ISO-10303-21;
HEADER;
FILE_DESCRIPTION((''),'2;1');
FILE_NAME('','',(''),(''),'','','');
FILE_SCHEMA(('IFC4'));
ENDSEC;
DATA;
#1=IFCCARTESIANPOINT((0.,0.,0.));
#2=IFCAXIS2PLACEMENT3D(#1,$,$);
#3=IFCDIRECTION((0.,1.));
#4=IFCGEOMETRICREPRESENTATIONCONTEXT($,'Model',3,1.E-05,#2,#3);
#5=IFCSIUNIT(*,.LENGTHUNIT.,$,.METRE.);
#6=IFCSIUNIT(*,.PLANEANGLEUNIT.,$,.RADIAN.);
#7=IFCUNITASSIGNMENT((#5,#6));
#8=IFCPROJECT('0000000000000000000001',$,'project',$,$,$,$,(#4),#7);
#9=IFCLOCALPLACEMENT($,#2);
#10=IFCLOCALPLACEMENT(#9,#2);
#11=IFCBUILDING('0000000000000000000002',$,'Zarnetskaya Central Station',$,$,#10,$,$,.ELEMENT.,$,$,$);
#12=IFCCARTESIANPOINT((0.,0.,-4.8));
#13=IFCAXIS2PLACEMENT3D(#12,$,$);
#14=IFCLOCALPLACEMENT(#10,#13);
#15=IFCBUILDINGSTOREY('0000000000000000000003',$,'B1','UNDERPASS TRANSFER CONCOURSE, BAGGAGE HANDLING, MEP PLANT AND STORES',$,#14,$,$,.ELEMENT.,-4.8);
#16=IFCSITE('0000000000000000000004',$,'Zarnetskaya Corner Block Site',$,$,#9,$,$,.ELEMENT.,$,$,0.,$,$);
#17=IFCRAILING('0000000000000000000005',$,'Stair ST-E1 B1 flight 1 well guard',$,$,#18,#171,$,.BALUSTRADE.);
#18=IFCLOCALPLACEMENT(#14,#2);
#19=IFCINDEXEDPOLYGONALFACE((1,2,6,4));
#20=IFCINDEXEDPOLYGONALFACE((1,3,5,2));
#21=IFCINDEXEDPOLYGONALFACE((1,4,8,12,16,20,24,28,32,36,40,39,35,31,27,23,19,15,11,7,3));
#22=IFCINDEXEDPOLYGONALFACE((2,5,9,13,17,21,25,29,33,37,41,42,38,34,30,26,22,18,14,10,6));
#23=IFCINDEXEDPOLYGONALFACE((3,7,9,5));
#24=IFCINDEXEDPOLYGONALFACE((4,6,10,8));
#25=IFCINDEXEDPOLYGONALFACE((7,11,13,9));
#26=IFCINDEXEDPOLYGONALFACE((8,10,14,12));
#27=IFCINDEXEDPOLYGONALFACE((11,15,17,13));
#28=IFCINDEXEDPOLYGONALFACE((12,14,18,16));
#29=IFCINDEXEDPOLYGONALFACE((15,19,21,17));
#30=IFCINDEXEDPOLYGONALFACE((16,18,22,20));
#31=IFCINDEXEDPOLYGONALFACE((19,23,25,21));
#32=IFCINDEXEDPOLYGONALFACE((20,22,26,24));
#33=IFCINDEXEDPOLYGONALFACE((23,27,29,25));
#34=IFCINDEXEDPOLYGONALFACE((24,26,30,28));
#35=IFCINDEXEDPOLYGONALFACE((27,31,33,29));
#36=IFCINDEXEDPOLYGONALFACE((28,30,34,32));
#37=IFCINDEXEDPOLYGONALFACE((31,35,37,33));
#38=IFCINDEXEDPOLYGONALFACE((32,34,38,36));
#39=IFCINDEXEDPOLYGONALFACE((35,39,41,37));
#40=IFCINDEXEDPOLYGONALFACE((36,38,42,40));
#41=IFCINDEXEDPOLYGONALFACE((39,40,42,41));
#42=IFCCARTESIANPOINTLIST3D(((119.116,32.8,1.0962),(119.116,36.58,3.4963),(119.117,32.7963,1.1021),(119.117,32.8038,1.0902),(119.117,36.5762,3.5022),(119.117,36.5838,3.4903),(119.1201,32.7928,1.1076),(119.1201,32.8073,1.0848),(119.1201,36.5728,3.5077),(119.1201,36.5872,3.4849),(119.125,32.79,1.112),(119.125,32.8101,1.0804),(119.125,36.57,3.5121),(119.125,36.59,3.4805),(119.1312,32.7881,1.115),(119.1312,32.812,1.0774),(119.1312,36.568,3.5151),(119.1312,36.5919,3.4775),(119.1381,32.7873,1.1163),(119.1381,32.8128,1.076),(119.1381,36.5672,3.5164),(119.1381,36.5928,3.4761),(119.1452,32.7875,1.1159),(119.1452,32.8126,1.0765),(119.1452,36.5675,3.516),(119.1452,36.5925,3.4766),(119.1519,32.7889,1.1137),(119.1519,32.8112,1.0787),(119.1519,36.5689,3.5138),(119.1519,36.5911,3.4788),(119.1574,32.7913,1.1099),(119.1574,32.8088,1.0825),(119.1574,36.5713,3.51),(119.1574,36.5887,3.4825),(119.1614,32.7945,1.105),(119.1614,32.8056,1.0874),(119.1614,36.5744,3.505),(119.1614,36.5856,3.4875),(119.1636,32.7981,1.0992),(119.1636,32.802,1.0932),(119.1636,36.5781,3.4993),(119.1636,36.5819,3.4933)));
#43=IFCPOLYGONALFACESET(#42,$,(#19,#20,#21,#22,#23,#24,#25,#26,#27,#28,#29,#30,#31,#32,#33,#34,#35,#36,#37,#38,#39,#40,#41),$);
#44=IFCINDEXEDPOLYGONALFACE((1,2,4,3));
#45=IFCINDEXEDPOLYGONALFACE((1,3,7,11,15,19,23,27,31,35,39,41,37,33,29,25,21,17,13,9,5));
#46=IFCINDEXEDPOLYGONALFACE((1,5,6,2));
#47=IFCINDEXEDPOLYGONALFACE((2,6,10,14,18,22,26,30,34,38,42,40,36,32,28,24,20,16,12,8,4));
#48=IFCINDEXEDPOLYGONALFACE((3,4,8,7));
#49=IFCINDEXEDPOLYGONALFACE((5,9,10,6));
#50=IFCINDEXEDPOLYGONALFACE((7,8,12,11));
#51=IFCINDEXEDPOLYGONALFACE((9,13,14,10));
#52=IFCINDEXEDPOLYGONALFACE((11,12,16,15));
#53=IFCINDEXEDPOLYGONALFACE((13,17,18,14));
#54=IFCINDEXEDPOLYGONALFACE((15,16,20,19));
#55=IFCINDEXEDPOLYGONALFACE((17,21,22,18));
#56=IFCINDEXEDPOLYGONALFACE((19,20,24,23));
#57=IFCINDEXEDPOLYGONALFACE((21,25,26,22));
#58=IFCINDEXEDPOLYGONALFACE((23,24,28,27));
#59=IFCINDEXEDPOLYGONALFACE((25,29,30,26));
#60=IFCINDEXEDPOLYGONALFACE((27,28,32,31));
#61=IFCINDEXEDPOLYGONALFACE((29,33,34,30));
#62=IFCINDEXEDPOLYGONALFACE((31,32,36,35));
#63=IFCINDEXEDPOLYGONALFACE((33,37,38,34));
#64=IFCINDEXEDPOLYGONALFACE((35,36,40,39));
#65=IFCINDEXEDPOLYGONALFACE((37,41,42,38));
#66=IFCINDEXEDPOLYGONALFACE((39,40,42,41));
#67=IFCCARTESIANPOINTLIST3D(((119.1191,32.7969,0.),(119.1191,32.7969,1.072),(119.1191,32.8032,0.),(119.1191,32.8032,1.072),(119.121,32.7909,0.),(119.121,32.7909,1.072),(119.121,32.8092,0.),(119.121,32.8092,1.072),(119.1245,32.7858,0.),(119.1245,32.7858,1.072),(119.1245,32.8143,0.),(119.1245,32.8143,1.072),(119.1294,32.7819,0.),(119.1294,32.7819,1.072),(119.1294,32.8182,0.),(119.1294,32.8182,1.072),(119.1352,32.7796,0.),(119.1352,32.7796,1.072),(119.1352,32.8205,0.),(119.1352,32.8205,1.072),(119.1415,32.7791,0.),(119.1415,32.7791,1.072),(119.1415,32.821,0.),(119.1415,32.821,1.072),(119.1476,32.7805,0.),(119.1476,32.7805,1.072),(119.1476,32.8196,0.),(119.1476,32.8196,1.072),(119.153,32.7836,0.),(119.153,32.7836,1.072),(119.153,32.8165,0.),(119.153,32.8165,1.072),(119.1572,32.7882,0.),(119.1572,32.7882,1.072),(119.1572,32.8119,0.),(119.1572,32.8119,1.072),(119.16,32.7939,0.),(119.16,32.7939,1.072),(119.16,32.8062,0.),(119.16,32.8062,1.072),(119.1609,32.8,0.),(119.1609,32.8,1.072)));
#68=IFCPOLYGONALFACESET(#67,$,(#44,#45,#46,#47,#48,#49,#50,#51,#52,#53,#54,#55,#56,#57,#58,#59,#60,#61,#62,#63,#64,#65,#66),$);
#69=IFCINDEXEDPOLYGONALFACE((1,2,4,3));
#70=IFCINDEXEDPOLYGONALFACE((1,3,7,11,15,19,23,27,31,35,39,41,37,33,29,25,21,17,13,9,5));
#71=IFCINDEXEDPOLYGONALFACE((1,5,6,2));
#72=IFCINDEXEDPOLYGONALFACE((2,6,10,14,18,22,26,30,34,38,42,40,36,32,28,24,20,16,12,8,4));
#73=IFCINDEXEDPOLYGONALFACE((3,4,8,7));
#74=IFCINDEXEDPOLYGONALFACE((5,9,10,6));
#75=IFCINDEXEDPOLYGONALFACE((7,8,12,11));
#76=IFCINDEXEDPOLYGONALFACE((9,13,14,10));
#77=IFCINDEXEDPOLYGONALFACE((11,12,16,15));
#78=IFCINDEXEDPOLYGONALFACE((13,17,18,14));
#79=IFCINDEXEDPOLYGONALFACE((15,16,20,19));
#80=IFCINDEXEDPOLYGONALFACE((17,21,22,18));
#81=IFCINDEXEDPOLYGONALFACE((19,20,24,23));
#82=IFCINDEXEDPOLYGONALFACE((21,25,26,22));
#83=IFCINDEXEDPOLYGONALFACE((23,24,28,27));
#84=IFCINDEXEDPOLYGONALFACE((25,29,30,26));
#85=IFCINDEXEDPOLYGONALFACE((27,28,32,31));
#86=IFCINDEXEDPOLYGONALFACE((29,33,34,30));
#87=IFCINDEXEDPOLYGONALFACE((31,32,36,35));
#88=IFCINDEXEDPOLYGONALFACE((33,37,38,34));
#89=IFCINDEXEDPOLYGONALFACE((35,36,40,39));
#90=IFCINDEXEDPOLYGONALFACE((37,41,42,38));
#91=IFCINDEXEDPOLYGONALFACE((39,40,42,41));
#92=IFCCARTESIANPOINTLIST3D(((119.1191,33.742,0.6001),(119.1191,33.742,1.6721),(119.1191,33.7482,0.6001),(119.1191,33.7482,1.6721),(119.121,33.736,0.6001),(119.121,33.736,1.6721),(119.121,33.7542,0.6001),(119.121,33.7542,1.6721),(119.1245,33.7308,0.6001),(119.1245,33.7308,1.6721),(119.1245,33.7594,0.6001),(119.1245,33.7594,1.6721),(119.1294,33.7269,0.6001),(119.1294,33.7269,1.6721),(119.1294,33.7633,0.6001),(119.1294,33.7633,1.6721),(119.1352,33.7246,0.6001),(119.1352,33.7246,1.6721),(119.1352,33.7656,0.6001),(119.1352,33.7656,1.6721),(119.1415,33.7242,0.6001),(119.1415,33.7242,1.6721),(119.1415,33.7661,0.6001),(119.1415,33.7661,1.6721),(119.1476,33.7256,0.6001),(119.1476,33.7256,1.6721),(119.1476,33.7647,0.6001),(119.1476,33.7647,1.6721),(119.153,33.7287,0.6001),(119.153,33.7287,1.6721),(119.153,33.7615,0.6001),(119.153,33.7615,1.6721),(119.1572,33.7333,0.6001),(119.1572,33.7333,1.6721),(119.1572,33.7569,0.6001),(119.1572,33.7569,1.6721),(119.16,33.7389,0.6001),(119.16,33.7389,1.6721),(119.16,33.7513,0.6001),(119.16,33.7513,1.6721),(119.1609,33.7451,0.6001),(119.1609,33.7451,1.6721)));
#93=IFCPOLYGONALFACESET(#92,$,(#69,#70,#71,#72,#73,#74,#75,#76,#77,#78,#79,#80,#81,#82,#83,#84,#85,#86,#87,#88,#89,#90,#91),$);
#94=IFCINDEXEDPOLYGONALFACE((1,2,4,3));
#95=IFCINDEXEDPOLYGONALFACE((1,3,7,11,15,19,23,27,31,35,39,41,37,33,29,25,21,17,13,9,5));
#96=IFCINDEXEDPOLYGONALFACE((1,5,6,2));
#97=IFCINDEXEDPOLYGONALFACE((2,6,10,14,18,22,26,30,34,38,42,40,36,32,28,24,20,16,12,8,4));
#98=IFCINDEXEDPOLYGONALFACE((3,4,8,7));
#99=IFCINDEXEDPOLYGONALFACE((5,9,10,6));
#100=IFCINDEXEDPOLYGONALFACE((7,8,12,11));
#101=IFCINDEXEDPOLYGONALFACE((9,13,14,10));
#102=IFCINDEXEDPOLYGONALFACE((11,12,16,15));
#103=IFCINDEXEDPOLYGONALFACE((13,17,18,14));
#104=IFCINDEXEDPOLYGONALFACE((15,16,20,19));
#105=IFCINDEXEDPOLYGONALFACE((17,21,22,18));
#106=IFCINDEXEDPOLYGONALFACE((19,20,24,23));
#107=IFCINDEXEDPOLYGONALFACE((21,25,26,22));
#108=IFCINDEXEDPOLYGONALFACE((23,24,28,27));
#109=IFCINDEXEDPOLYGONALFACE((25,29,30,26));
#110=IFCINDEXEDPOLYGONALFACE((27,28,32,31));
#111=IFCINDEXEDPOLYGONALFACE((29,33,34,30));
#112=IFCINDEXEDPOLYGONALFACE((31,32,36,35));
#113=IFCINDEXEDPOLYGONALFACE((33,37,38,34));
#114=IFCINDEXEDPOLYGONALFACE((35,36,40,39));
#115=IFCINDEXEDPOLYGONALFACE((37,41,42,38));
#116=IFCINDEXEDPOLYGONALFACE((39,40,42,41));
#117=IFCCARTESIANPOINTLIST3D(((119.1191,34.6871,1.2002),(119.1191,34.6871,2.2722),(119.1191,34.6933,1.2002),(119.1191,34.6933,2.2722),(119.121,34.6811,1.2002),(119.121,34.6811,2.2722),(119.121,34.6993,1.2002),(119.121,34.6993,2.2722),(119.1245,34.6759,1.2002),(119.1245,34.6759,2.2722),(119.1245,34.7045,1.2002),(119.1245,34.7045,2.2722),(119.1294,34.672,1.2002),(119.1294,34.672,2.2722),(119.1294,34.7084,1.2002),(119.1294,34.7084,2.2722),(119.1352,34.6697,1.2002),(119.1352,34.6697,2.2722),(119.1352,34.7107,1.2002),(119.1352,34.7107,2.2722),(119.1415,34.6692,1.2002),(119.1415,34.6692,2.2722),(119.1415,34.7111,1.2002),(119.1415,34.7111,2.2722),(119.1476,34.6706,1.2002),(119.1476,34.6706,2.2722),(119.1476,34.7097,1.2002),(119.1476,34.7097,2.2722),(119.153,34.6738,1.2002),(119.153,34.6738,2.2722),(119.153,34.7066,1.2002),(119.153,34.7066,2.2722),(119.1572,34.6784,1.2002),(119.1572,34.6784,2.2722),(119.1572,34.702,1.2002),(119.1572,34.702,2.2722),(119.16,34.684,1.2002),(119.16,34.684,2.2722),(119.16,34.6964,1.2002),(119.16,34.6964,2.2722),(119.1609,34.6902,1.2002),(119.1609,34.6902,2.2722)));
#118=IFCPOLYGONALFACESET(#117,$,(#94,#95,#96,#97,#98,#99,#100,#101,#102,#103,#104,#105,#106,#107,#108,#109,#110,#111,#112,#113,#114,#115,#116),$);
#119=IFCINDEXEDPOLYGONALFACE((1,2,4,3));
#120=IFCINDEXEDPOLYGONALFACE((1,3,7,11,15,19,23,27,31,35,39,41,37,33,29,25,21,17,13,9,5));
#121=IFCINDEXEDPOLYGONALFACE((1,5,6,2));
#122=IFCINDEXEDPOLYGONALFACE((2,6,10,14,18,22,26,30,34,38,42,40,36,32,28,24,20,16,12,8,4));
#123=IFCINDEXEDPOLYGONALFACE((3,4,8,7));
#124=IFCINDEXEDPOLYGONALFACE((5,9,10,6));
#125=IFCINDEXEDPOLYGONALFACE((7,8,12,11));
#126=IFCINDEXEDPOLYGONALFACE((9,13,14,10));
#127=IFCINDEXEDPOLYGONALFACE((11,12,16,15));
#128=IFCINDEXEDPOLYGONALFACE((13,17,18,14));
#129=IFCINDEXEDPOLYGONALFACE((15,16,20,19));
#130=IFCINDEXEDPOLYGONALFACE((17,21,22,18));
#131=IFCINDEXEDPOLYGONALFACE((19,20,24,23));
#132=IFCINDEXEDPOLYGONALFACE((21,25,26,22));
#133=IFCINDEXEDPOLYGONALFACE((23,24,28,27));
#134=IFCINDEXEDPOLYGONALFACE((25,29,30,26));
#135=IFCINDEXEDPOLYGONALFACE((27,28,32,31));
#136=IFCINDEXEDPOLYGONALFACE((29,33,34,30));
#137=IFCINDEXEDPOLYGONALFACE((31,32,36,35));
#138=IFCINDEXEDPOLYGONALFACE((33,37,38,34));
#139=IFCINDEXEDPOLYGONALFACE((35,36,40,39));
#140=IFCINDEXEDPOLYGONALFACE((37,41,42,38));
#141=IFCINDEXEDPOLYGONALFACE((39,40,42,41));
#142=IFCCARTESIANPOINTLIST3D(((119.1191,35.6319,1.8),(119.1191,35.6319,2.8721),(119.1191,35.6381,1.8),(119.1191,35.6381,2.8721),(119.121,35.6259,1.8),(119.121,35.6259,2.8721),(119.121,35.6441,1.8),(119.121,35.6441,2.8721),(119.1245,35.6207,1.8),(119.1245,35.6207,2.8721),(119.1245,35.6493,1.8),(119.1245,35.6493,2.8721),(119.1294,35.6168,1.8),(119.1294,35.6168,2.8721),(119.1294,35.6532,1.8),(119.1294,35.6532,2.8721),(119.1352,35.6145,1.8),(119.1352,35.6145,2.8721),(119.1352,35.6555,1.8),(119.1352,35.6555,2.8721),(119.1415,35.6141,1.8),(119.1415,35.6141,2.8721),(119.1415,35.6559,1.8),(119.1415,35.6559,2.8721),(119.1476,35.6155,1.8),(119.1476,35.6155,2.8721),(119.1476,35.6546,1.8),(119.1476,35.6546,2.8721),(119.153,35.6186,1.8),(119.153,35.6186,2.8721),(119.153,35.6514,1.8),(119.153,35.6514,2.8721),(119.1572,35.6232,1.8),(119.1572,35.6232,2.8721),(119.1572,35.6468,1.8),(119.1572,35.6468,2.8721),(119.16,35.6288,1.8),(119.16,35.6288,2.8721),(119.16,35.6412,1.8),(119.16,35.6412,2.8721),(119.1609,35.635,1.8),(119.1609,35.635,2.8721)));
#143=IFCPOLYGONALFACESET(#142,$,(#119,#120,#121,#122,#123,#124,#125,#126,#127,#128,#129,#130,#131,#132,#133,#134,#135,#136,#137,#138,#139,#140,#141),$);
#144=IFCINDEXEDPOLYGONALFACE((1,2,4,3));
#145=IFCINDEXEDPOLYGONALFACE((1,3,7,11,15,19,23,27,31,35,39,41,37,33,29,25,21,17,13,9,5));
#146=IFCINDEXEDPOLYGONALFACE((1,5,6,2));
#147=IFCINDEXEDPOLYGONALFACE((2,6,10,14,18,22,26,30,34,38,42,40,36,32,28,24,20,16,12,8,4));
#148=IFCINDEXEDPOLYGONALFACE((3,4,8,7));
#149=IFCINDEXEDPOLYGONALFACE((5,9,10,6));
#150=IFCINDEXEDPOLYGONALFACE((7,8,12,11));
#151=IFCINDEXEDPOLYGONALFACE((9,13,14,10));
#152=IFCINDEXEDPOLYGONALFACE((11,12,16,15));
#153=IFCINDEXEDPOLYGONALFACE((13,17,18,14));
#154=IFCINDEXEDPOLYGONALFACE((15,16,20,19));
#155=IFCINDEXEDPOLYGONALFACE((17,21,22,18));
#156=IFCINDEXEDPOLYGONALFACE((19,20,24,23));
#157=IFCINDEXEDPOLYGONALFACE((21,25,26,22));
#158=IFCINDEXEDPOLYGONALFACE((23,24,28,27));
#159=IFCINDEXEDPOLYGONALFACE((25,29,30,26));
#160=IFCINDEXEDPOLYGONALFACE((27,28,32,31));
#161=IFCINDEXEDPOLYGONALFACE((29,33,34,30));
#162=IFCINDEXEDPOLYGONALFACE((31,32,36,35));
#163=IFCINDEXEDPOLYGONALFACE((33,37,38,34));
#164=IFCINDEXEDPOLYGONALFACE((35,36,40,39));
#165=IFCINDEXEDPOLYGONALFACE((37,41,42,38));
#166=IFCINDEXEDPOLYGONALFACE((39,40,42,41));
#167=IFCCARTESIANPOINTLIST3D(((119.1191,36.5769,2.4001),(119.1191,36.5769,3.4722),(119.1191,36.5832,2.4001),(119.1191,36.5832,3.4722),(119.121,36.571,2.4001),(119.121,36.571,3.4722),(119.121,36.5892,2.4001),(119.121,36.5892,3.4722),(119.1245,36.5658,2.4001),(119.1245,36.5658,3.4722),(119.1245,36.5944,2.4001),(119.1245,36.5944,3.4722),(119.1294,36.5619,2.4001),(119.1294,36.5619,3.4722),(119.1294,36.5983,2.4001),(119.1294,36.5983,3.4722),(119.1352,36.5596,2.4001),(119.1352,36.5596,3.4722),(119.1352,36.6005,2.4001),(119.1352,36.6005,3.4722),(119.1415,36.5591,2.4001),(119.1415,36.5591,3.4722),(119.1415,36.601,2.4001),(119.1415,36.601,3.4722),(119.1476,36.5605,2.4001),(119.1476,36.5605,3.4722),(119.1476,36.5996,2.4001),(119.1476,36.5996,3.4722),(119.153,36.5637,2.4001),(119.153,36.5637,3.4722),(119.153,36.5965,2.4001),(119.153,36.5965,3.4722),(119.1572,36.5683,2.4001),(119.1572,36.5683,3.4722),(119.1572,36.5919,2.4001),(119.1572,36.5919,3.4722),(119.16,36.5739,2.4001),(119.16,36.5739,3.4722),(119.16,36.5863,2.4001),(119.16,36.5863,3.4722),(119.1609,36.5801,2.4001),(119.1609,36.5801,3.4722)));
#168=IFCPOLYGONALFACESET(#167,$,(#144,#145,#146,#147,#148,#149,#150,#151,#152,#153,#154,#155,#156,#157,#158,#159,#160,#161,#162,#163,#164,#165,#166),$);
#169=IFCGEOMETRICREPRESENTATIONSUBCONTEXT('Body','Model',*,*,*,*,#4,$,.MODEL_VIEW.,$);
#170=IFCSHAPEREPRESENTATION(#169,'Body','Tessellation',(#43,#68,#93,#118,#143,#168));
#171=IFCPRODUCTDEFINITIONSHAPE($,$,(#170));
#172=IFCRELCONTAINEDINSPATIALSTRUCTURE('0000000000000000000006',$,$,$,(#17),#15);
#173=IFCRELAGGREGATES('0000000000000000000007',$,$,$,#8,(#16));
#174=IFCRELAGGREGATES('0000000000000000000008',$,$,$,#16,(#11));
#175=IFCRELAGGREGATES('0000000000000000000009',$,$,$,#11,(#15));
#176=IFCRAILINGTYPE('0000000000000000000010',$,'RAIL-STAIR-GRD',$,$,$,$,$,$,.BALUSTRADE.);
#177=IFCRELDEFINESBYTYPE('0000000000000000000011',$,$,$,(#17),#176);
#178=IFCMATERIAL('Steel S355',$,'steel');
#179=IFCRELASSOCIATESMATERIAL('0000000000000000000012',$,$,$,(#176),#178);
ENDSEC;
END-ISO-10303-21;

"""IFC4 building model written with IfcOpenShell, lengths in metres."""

from ifc_helpers import new_model, si_unit, direction, frame, origin, origin_2d, place, context, subcontext, project, spatial, circle, extrude, material, type_object, element, save


model = new_model("IFC4")

# Units and contexts
model_context = context("Model", 3, precision=1e-05, world=origin(), true_north=direction((0.0, 1.0)))
body_context = subcontext(model_context, "Body", "Model", "MODEL_VIEW")
ifc_project = project(units=[si_unit("LENGTHUNIT", "METRE"), si_unit("PLANEANGLEUNIT", "RADIAN")], contexts=[model_context])

# Site, building, storey
site_placement = place(None, origin())
site = spatial("IfcSite", under=ifc_project, at=site_placement, Name="Zarnetskaya Corner Block Site", CompositionType="ELEMENT", RefElevation=0.0)
building_placement = place(site_placement, origin())
building = spatial("IfcBuilding", under=site, at=building_placement, Name="Zarnetskaya Central Station", CompositionType="ELEMENT")
storey_placement = place(building_placement, frame((0.0, 0.0, -4.8)))
storey = spatial("IfcBuildingStorey", under=building, at=storey_placement, Name="B1", Description="UNDERPASS TRANSFER CONCOURSE, BAGGAGE HANDLING, MEP PLANT AND STORES", CompositionType="ELEMENT", Elevation=-4.8)

# Railing
ifc_material_1 = material(Name="Steel S355", Category="steel")
railing_type_1 = type_object("IfcRailingType", Name="RAIL-STAIR-GRD", PredefinedType="BALUSTRADE", material=ifc_material_1)
railing_1_placement = place(storey_placement, frame((119.1399, 32.8, 0.0)))
element("IfcRailing", 1, at=railing_1_placement, inside=storey, type_object=railing_type_1, Name="Stair ST-E1 B1 flight 1 well guard", PredefinedType="BALUSTRADE", context=body_context, shape_type="SweptSolid", body=[
    extrude(circle(Radius=0.0239, at=origin_2d()), frame((0.0, 0.0, 1.0962), z_axis=(0.0, 0.8442, 0.536028), x_axis=(-1.0, 0.0, 0.0)), (0.0, 0.0, 1.0), 4.4775),
    extrude(circle(Radius=0.021, at=origin_2d()), origin(), (0.0, 0.0, 1.0), 1.072),
    extrude(circle(Radius=0.021, at=origin_2d()), frame((0.0, 0.9451, 0.6001)), (0.0, 0.0, 1.0), 1.072),
    extrude(circle(Radius=0.021, at=origin_2d()), frame((0.0, 1.8901, 1.2002)), (0.0, 0.0, 1.0), 1.072),
    extrude(circle(Radius=0.021, at=origin_2d()), frame((0.0, 2.835, 1.8)), (0.0, 0.0, 1.0), 1.072),
    extrude(circle(Radius=0.021, at=origin_2d()), frame((0.0, 3.78, 2.4001)), (0.0, 0.0, 1.0), 1.072),
])

save(model, "model.ifc")
